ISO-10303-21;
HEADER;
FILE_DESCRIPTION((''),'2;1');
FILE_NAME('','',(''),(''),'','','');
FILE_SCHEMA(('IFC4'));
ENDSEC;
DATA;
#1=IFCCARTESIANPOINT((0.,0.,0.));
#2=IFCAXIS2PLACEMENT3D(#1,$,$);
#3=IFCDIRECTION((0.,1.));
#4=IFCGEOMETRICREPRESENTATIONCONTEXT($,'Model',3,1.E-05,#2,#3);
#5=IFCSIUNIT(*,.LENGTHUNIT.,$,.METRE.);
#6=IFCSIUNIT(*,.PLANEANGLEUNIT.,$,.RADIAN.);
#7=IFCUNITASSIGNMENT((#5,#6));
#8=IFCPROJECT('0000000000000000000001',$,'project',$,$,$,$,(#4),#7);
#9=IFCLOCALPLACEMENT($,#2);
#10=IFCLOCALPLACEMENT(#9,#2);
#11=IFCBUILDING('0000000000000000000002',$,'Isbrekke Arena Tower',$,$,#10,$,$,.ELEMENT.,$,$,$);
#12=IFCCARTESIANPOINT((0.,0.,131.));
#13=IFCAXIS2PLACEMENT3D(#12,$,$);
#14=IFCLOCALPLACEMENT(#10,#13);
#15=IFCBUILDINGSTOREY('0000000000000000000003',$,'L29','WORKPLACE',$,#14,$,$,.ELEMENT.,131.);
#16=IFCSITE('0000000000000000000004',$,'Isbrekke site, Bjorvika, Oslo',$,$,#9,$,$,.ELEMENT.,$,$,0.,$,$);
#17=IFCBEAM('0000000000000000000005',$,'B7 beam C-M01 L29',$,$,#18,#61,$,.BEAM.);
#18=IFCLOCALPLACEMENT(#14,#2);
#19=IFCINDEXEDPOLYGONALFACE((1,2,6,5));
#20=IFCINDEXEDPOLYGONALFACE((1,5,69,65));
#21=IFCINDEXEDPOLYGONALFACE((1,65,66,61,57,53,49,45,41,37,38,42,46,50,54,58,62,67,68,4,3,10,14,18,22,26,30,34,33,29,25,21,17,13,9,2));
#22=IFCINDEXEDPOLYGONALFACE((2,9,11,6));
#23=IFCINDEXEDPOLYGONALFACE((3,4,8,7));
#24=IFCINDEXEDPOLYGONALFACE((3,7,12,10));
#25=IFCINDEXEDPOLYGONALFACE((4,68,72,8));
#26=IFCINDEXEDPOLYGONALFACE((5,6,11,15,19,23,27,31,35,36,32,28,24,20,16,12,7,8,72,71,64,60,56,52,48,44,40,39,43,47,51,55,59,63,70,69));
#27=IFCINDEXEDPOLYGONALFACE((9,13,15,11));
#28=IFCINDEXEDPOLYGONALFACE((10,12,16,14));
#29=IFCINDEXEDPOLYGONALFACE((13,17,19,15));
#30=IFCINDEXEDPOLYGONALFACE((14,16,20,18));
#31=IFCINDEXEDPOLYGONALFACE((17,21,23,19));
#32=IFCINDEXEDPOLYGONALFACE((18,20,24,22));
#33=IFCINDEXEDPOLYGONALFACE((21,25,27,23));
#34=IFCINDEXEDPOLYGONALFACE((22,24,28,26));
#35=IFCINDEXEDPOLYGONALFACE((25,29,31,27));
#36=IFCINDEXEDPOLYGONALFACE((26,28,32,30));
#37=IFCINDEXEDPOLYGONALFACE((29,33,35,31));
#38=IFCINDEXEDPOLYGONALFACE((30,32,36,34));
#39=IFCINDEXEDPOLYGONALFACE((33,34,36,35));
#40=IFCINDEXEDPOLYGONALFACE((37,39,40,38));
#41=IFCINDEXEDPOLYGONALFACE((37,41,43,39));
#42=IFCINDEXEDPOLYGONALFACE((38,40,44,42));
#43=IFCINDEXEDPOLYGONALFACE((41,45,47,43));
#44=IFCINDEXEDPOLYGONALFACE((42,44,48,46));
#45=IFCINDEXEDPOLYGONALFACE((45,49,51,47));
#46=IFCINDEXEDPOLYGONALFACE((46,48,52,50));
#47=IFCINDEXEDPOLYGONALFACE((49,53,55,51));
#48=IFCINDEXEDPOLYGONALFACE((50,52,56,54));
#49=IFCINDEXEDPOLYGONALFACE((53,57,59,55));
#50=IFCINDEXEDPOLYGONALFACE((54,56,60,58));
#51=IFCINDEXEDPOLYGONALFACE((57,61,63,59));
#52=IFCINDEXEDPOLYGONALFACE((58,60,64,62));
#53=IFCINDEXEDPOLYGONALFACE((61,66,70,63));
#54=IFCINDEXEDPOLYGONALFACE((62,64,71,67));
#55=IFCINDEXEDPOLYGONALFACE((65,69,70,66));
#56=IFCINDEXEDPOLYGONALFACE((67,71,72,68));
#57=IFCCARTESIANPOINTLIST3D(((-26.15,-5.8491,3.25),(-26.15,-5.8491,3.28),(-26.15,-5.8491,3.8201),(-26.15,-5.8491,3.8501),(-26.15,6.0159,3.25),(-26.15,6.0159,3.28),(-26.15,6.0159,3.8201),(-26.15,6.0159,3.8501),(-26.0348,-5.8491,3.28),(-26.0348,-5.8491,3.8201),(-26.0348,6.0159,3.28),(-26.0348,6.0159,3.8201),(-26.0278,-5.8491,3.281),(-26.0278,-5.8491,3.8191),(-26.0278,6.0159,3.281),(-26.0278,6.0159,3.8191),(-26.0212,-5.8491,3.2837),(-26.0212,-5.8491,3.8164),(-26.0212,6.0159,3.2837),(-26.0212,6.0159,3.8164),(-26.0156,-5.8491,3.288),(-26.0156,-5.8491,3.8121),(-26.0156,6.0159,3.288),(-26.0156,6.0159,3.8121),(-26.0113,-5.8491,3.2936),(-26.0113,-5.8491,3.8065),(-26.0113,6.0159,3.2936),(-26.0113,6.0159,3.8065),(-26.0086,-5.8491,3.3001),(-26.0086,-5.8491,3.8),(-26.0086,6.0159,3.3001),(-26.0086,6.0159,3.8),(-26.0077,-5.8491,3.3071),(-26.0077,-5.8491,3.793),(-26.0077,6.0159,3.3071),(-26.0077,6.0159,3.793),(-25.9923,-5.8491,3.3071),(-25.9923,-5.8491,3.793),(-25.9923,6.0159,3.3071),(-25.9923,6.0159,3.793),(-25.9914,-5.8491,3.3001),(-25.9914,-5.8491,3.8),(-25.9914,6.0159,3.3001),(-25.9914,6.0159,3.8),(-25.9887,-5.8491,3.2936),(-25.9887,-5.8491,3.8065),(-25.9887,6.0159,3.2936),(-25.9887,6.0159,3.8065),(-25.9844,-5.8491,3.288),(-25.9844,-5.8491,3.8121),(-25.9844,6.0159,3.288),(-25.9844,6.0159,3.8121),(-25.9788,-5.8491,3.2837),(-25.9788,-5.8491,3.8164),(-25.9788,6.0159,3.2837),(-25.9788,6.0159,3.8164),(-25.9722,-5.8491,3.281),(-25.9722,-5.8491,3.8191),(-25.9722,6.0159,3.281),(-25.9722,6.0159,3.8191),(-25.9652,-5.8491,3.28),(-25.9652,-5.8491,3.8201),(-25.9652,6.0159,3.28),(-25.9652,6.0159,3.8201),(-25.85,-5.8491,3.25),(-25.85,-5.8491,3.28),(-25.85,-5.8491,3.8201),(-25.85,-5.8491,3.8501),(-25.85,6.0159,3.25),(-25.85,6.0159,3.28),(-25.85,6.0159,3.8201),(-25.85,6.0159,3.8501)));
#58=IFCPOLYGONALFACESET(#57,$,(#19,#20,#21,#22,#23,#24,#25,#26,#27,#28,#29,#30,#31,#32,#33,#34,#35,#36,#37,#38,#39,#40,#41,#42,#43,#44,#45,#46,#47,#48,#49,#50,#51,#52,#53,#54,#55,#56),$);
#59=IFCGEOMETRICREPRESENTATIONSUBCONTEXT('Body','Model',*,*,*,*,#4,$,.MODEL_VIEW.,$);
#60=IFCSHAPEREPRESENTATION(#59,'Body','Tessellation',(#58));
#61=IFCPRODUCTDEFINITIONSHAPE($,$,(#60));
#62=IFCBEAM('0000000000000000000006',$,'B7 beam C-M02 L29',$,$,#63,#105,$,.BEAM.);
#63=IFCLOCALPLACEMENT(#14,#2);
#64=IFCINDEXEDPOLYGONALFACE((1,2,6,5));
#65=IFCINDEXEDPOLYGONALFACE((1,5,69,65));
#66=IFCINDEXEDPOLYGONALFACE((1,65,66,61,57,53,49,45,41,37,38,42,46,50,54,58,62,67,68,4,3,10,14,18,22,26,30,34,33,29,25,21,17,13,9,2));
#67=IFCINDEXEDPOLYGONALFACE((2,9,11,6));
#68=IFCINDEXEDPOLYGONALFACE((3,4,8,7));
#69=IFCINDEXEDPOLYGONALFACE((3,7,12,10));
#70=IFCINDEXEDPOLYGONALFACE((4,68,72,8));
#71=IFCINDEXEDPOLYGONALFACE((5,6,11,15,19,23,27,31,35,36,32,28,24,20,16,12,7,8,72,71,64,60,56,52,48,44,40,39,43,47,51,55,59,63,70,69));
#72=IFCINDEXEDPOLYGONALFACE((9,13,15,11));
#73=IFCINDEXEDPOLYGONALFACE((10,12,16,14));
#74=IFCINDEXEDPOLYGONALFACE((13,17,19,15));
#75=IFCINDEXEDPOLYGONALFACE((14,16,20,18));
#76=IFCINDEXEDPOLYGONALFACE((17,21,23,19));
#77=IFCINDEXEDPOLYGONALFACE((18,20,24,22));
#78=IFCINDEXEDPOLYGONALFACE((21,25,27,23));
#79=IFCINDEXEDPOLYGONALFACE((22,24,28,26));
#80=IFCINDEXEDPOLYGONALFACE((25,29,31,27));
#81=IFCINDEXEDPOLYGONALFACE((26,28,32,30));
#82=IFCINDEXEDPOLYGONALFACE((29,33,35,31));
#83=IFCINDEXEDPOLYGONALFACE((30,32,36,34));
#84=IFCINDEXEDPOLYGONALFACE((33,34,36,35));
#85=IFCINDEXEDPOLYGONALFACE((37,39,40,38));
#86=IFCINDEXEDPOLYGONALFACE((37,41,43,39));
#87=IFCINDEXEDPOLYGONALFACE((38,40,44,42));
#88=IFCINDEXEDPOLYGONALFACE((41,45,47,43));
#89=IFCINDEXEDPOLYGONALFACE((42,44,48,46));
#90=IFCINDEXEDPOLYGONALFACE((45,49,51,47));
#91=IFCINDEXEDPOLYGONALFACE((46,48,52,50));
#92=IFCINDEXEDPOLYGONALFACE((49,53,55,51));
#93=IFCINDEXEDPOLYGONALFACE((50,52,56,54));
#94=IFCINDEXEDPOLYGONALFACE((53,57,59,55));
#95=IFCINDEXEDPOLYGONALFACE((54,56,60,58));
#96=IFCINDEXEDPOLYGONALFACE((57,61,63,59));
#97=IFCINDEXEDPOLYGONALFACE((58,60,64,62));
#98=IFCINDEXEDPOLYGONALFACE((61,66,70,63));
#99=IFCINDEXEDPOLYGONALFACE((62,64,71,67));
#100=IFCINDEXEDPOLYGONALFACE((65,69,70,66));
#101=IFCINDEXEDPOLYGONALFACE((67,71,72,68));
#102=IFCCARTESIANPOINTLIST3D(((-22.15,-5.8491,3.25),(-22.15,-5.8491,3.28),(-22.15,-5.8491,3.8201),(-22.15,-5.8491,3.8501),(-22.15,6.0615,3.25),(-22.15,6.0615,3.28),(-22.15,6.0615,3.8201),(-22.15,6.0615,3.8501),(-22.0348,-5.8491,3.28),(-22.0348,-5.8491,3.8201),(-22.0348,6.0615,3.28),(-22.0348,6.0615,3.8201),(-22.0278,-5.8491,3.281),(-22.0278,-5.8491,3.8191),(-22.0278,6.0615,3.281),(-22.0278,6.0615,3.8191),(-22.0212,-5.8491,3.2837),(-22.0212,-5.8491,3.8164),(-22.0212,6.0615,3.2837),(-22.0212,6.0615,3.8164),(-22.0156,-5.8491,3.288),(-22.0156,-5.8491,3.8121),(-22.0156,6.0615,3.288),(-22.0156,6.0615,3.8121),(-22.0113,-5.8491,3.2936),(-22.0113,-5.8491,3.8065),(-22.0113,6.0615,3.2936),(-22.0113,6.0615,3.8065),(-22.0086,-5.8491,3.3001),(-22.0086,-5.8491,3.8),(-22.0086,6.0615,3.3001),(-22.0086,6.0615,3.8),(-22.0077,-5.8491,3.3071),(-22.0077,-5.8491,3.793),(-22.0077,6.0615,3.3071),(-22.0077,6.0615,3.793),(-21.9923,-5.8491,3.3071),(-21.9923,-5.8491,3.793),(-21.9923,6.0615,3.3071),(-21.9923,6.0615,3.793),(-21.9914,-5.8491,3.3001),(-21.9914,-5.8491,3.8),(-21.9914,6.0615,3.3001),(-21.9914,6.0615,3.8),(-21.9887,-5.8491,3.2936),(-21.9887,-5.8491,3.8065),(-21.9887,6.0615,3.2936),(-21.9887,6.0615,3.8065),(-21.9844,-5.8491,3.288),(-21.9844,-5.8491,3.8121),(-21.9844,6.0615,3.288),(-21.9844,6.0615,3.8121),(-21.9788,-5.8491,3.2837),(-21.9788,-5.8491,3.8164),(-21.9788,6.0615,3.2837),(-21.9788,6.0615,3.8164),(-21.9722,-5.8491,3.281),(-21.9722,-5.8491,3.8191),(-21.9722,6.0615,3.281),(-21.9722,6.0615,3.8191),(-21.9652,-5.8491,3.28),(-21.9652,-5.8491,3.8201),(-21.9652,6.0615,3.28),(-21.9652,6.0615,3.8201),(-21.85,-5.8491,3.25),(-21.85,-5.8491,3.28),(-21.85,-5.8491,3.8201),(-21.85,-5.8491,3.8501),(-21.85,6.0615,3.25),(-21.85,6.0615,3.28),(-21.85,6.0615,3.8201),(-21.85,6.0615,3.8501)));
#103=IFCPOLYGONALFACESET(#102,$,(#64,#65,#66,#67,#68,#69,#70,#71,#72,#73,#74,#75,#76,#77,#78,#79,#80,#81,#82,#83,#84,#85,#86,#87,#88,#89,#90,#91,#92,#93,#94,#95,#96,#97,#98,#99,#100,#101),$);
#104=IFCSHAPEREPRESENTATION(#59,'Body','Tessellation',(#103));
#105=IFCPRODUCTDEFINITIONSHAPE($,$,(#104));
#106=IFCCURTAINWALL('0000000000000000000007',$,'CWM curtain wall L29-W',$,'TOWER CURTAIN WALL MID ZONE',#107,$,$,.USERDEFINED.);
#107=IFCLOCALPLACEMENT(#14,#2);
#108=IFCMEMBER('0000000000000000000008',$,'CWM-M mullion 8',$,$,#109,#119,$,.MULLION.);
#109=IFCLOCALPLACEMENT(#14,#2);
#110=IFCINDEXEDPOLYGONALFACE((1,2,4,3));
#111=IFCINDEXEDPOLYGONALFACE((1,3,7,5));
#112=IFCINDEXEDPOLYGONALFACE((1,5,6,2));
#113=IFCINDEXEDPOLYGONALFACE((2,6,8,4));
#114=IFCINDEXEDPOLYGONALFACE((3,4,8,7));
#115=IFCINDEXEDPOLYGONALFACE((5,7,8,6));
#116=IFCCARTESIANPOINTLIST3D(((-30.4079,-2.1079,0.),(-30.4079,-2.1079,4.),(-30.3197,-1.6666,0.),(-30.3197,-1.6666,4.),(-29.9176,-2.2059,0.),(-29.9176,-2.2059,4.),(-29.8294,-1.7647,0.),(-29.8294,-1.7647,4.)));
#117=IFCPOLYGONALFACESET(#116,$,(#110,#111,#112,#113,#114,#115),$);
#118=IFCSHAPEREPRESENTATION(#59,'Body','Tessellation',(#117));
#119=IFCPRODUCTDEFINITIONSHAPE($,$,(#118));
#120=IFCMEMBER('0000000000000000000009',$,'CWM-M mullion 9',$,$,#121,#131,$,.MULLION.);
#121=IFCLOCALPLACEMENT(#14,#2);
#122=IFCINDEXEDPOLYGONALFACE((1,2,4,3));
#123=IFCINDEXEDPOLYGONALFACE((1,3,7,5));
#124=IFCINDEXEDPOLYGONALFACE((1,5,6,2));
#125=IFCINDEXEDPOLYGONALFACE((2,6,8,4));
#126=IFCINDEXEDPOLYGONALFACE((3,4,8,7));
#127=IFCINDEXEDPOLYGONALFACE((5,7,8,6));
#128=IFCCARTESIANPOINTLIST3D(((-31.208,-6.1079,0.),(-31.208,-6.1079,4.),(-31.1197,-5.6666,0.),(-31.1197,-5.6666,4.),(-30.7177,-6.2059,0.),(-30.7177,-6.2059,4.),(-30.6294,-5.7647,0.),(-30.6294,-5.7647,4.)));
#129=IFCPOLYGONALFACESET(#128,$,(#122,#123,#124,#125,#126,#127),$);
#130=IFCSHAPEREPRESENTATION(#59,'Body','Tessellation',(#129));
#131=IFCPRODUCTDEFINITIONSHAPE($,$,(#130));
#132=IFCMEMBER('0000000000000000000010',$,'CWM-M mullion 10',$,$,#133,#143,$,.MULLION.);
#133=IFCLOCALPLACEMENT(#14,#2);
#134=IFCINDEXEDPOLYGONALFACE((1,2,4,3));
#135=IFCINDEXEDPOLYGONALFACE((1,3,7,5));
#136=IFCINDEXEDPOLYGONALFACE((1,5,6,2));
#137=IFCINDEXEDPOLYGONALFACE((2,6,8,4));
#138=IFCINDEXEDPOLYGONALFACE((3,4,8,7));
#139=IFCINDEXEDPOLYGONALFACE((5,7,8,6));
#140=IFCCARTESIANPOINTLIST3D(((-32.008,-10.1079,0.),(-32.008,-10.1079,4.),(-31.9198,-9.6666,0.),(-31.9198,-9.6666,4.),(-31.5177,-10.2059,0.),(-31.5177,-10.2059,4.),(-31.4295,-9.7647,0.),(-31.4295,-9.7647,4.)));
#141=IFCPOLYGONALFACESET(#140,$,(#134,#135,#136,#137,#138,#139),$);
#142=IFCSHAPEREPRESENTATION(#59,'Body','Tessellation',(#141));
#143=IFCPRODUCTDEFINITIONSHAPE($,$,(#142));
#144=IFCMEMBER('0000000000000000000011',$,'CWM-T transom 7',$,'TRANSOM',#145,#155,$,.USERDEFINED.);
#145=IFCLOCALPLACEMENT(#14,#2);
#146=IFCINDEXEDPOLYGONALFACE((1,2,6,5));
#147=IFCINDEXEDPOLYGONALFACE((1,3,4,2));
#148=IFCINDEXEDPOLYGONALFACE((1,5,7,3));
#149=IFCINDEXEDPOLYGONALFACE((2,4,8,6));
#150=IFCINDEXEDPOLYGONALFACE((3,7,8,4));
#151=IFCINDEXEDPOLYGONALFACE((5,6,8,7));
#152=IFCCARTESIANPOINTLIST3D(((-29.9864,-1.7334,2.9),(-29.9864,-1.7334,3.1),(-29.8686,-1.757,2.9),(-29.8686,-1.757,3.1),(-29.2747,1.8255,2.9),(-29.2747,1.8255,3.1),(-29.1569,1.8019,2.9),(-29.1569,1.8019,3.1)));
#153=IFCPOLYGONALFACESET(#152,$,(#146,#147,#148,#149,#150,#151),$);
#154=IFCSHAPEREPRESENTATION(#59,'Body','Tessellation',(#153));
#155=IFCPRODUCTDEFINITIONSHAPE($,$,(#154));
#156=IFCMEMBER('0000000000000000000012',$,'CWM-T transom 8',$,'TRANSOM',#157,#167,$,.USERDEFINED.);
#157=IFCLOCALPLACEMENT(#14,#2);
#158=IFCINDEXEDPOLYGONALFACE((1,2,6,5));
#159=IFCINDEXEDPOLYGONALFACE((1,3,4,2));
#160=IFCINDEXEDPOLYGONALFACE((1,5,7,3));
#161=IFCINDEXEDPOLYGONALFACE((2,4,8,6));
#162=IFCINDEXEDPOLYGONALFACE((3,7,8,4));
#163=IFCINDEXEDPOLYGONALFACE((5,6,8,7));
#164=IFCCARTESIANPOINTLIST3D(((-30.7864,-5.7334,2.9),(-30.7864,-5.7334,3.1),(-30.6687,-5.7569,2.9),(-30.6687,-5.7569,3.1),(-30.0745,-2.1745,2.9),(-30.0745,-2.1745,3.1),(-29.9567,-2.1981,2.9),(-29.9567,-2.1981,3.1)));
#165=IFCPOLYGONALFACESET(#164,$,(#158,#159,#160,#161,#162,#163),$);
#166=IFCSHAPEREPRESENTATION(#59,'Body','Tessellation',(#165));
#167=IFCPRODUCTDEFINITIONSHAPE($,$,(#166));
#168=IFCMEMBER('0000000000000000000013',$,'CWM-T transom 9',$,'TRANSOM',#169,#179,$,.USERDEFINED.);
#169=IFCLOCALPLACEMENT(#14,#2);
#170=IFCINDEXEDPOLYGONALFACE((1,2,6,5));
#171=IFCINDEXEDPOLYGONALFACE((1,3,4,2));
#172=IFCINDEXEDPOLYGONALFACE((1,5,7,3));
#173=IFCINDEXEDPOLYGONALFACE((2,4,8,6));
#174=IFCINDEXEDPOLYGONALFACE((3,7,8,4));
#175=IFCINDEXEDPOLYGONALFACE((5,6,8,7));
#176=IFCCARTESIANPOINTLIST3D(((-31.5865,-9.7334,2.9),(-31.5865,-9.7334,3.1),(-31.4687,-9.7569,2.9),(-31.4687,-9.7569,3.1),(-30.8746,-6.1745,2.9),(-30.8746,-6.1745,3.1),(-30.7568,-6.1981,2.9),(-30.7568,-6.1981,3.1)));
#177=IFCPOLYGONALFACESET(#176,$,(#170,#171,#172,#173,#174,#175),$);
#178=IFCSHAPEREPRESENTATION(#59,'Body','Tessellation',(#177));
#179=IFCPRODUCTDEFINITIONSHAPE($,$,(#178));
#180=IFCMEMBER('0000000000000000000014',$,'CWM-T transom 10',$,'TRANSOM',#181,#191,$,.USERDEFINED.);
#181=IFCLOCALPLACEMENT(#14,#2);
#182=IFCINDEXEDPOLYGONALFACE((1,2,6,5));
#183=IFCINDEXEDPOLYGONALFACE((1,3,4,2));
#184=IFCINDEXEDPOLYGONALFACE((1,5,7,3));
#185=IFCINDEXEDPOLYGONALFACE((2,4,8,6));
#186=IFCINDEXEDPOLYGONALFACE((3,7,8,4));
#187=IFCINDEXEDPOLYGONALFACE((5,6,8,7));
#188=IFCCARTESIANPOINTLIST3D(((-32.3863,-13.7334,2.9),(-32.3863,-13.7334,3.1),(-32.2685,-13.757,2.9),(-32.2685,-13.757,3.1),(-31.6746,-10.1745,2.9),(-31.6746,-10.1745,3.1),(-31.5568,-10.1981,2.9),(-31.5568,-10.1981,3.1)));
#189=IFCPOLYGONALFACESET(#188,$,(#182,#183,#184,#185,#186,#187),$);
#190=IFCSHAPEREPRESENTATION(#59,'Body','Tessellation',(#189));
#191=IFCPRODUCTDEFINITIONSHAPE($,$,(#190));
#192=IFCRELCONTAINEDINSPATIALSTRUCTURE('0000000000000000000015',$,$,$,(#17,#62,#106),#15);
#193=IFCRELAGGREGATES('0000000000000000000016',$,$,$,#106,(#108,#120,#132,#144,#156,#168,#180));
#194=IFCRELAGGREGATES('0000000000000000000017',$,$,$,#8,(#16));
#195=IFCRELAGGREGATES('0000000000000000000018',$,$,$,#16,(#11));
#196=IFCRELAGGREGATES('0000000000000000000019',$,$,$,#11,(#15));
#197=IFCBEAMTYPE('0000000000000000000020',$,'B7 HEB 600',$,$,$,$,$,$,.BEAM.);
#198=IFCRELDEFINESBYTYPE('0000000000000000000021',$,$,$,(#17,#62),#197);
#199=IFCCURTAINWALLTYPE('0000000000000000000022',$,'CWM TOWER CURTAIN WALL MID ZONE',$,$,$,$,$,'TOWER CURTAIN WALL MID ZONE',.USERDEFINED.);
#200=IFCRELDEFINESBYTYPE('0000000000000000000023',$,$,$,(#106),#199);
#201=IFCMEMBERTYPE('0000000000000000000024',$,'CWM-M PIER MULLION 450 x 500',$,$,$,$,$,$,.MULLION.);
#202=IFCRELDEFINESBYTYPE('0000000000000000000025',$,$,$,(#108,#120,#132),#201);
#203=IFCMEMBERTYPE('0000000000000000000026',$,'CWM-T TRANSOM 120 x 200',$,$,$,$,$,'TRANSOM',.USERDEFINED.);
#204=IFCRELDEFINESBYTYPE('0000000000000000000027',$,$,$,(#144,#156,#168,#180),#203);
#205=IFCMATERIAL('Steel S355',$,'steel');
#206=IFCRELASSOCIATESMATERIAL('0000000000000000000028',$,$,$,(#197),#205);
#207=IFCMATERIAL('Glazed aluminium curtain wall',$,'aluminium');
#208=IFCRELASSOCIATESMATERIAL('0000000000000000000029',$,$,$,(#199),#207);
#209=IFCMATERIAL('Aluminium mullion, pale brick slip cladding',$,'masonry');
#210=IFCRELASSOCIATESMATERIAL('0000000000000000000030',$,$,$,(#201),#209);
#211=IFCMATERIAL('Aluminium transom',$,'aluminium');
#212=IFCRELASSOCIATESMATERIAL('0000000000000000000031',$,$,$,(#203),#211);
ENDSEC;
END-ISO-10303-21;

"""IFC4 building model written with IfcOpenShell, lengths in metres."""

from ifc_helpers import new_model, si_unit, direction, frame, origin, origin_2d, place, context, subcontext, project, spatial, rectangle, i_section, extrude, material, material_profile, profile_set, type_object, element, aggregate, save


model = new_model("IFC4")

# Units and contexts
model_context = context("Model", 3, precision=1e-05, world=origin(), true_north=direction((0.0, 1.0)))
body_context = subcontext(model_context, "Body", "Model", "MODEL_VIEW")
ifc_project = project(units=[si_unit("LENGTHUNIT", "METRE"), si_unit("PLANEANGLEUNIT", "RADIAN")], contexts=[model_context])

# Site, building, storey
site_placement = place(None, origin())
site = spatial("IfcSite", under=ifc_project, at=site_placement, Name="Isbrekke site, Bjorvika, Oslo", CompositionType="ELEMENT", RefElevation=0.0)
building_placement = place(site_placement, origin())
building = spatial("IfcBuilding", under=site, at=building_placement, Name="Isbrekke Arena Tower", CompositionType="ELEMENT")
storey_placement = place(building_placement, frame((0.0, 0.0, 131.0)))
storey = spatial("IfcBuildingStorey", under=building, at=storey_placement, Name="L29", Description="WORKPLACE", CompositionType="ELEMENT", Elevation=131.0)

# Beams
ifc_material_1 = material(Name="Steel S355", Category="steel")
ifc_material_profile_1 = material_profile(ifc_material_1, i_section(OverallWidth=0.3, OverallDepth=0.6001, WebThickness=0.0154, FlangeThickness=0.03, FilletRadius=0.0271, at=origin_2d()), Name="HEB 600")
ifc_profile_set_1 = profile_set([ifc_material_profile_1], Name="Steel S355")
beam_type_1 = type_object("IfcBeamType", Name="B7 HEB 600", PredefinedType="BEAM", material=ifc_profile_set_1)
beam_1_placement = place(storey_placement, frame((-26.0, -5.8491, 3.55), z_axis=(0.0, 1.0, 0.0), x_axis=(-1.0, 0.0, 0.0)))
element("IfcBeam", 1, at=beam_1_placement, inside=storey, type_object=beam_type_1, Name="B7 beam C-M01 L29", PredefinedType="BEAM", context=body_context, shape_type="SweptSolid", body=[
    extrude(i_section(OverallWidth=0.3, OverallDepth=0.6001, WebThickness=0.0154, FlangeThickness=0.03, FilletRadius=0.0271, at=origin_2d()), origin(), (0.0, 0.0, 1.0), 11.865),
])
beam_2_placement = place(storey_placement, frame((-22.0, -5.8491, 3.55), z_axis=(0.0, 1.0, 0.0), x_axis=(-1.0, 0.0, 0.0)))
element("IfcBeam", 2, at=beam_2_placement, inside=storey, type_object=beam_type_1, Name="B7 beam C-M02 L29", PredefinedType="BEAM", context=body_context, shape_type="SweptSolid", body=[
    extrude(i_section(OverallWidth=0.3, OverallDepth=0.6001, WebThickness=0.0154, FlangeThickness=0.03, FilletRadius=0.0271, at=origin_2d()), origin(), (0.0, 0.0, 1.0), 11.9106),
])

# Curtain wall, members
ifc_material_2 = material(Name="Glazed aluminium curtain wall", Category="aluminium")
curtain_wall_type = type_object("IfcCurtainWallType", Name="CWM TOWER CURTAIN WALL MID ZONE", ElementType="TOWER CURTAIN WALL MID ZONE", PredefinedType="USERDEFINED", material=ifc_material_2)
curtain_wall_placement = place(storey_placement, origin())
curtain_wall = element("IfcCurtainWall", 3, at=curtain_wall_placement, inside=storey, type_object=curtain_wall_type, Name="CWM curtain wall L29-W", ObjectType="TOWER CURTAIN WALL MID ZONE", PredefinedType="USERDEFINED")
ifc_material_3 = material(Name="Aluminium mullion, pale brick slip cladding", Category="masonry")
ifc_material_profile_2 = material_profile(ifc_material_3, rectangle(XDim=0.45, YDim=0.5, at=origin_2d()), Name="PIER 450X500")
ifc_profile_set_2 = profile_set([ifc_material_profile_2], Name="Aluminium mullion, pale brick slip cladding")
member_type_1 = type_object("IfcMemberType", Name="CWM-M PIER MULLION 450 x 500", PredefinedType="MULLION", material=ifc_profile_set_2)
member_1_placement = place(storey_placement, frame((-30.1187, -1.9363, 0.0), z_axis=(0.0, 0.0, 1.0), x_axis=(-0.196116, -0.980581, 0.0)))
member_1 = element("IfcMember", 4, at=member_1_placement, type_object=member_type_1, Name="CWM-M mullion 8", PredefinedType="MULLION", context=body_context, shape_type="SweptSolid", body=[
    extrude(rectangle(XDim=0.45, YDim=0.5, at=origin_2d()), origin(), (0.0, 0.0, 1.0), 4.0),
])
member_2_placement = place(storey_placement, frame((-30.9187, -5.9363, 0.0), z_axis=(0.0, 0.0, 1.0), x_axis=(-0.196116, -0.980581, 0.0)))
member_2 = element("IfcMember", 5, at=member_2_placement, type_object=member_type_1, Name="CWM-M mullion 9", PredefinedType="MULLION", context=body_context, shape_type="SweptSolid", body=[
    extrude(rectangle(XDim=0.45, YDim=0.5, at=origin_2d()), origin(), (0.0, 0.0, 1.0), 4.0),
])
member_3_placement = place(storey_placement, frame((-31.7188, -9.9363, 0.0), z_axis=(0.0, 0.0, 1.0), x_axis=(-0.196116, -0.980581, 0.0)))
member_3 = element("IfcMember", 6, at=member_3_placement, type_object=member_type_1, Name="CWM-M mullion 10", PredefinedType="MULLION", context=body_context, shape_type="SweptSolid", body=[
    extrude(rectangle(XDim=0.45, YDim=0.5, at=origin_2d()), origin(), (0.0, 0.0, 1.0), 4.0),
])
ifc_material_4 = material(Name="Aluminium transom", Category="aluminium")
ifc_material_profile_3 = material_profile(ifc_material_4, rectangle(XDim=0.1201, YDim=0.2, at=origin_2d()), Name="TRANSOM 120X200")
ifc_profile_set_3 = profile_set([ifc_material_profile_3], Name="Aluminium transom")
member_type_2 = type_object("IfcMemberType", Name="CWM-T TRANSOM 120 x 200", ElementType="TRANSOM", PredefinedType="USERDEFINED", material=ifc_profile_set_3)
member_4_placement = place(storey_placement, frame((-29.2158, 1.8137, 3.0), z_axis=(-0.19609, -0.980586, 0.0), x_axis=(0.980586, -0.19609, 0.0)))
member_4 = element("IfcMember", 7, at=member_4_placement, type_object=member_type_2, Name="CWM-T transom 7", ObjectType="TRANSOM", PredefinedType="USERDEFINED", context=body_context, shape_type="SweptSolid", body=[
    extrude(rectangle(XDim=0.1201, YDim=0.2, at=origin_2d()), origin(), (0.0, 0.0, 1.0), 3.6294),
])
member_5_placement = place(storey_placement, frame((-30.0156, -2.1863, 3.0), z_axis=(-0.196155, -0.980573, 0.0), x_axis=(0.980573, -0.196155, 0.0)))
member_5 = element("IfcMember", 8, at=member_5_placement, type_object=member_type_2, Name="CWM-T transom 8", ObjectType="TRANSOM", PredefinedType="USERDEFINED", context=body_context, shape_type="SweptSolid", body=[
    extrude(rectangle(XDim=0.1201, YDim=0.2, at=origin_2d()), origin(), (0.0, 0.0, 1.0), 3.6294),
])
member_6_placement = place(storey_placement, frame((-30.8157, -6.1863, 3.0), z_axis=(-0.196155, -0.980573, 0.0), x_axis=(0.980573, -0.196155, 0.0)))
member_6 = element("IfcMember", 9, at=member_6_placement, type_object=member_type_2, Name="CWM-T transom 9", ObjectType="TRANSOM", PredefinedType="USERDEFINED", context=body_context, shape_type="SweptSolid", body=[
    extrude(rectangle(XDim=0.1201, YDim=0.2, at=origin_2d()), origin(), (0.0, 0.0, 1.0), 3.6294),
])
member_7_placement = place(storey_placement, frame((-31.6157, -10.1863, 3.0), z_axis=(-0.19609, -0.980586, 0.0), x_axis=(0.980586, -0.19609, 0.0)))
member_7 = element("IfcMember", 10, at=member_7_placement, type_object=member_type_2, Name="CWM-T transom 10", ObjectType="TRANSOM", PredefinedType="USERDEFINED", context=body_context, shape_type="SweptSolid", body=[
    extrude(rectangle(XDim=0.1201, YDim=0.2, at=origin_2d()), origin(), (0.0, 0.0, 1.0), 3.6294),
])

aggregate(curtain_wall, [member_1, member_2, member_3, member_4, member_5, member_6, member_7])

save(model, "model.ifc")
